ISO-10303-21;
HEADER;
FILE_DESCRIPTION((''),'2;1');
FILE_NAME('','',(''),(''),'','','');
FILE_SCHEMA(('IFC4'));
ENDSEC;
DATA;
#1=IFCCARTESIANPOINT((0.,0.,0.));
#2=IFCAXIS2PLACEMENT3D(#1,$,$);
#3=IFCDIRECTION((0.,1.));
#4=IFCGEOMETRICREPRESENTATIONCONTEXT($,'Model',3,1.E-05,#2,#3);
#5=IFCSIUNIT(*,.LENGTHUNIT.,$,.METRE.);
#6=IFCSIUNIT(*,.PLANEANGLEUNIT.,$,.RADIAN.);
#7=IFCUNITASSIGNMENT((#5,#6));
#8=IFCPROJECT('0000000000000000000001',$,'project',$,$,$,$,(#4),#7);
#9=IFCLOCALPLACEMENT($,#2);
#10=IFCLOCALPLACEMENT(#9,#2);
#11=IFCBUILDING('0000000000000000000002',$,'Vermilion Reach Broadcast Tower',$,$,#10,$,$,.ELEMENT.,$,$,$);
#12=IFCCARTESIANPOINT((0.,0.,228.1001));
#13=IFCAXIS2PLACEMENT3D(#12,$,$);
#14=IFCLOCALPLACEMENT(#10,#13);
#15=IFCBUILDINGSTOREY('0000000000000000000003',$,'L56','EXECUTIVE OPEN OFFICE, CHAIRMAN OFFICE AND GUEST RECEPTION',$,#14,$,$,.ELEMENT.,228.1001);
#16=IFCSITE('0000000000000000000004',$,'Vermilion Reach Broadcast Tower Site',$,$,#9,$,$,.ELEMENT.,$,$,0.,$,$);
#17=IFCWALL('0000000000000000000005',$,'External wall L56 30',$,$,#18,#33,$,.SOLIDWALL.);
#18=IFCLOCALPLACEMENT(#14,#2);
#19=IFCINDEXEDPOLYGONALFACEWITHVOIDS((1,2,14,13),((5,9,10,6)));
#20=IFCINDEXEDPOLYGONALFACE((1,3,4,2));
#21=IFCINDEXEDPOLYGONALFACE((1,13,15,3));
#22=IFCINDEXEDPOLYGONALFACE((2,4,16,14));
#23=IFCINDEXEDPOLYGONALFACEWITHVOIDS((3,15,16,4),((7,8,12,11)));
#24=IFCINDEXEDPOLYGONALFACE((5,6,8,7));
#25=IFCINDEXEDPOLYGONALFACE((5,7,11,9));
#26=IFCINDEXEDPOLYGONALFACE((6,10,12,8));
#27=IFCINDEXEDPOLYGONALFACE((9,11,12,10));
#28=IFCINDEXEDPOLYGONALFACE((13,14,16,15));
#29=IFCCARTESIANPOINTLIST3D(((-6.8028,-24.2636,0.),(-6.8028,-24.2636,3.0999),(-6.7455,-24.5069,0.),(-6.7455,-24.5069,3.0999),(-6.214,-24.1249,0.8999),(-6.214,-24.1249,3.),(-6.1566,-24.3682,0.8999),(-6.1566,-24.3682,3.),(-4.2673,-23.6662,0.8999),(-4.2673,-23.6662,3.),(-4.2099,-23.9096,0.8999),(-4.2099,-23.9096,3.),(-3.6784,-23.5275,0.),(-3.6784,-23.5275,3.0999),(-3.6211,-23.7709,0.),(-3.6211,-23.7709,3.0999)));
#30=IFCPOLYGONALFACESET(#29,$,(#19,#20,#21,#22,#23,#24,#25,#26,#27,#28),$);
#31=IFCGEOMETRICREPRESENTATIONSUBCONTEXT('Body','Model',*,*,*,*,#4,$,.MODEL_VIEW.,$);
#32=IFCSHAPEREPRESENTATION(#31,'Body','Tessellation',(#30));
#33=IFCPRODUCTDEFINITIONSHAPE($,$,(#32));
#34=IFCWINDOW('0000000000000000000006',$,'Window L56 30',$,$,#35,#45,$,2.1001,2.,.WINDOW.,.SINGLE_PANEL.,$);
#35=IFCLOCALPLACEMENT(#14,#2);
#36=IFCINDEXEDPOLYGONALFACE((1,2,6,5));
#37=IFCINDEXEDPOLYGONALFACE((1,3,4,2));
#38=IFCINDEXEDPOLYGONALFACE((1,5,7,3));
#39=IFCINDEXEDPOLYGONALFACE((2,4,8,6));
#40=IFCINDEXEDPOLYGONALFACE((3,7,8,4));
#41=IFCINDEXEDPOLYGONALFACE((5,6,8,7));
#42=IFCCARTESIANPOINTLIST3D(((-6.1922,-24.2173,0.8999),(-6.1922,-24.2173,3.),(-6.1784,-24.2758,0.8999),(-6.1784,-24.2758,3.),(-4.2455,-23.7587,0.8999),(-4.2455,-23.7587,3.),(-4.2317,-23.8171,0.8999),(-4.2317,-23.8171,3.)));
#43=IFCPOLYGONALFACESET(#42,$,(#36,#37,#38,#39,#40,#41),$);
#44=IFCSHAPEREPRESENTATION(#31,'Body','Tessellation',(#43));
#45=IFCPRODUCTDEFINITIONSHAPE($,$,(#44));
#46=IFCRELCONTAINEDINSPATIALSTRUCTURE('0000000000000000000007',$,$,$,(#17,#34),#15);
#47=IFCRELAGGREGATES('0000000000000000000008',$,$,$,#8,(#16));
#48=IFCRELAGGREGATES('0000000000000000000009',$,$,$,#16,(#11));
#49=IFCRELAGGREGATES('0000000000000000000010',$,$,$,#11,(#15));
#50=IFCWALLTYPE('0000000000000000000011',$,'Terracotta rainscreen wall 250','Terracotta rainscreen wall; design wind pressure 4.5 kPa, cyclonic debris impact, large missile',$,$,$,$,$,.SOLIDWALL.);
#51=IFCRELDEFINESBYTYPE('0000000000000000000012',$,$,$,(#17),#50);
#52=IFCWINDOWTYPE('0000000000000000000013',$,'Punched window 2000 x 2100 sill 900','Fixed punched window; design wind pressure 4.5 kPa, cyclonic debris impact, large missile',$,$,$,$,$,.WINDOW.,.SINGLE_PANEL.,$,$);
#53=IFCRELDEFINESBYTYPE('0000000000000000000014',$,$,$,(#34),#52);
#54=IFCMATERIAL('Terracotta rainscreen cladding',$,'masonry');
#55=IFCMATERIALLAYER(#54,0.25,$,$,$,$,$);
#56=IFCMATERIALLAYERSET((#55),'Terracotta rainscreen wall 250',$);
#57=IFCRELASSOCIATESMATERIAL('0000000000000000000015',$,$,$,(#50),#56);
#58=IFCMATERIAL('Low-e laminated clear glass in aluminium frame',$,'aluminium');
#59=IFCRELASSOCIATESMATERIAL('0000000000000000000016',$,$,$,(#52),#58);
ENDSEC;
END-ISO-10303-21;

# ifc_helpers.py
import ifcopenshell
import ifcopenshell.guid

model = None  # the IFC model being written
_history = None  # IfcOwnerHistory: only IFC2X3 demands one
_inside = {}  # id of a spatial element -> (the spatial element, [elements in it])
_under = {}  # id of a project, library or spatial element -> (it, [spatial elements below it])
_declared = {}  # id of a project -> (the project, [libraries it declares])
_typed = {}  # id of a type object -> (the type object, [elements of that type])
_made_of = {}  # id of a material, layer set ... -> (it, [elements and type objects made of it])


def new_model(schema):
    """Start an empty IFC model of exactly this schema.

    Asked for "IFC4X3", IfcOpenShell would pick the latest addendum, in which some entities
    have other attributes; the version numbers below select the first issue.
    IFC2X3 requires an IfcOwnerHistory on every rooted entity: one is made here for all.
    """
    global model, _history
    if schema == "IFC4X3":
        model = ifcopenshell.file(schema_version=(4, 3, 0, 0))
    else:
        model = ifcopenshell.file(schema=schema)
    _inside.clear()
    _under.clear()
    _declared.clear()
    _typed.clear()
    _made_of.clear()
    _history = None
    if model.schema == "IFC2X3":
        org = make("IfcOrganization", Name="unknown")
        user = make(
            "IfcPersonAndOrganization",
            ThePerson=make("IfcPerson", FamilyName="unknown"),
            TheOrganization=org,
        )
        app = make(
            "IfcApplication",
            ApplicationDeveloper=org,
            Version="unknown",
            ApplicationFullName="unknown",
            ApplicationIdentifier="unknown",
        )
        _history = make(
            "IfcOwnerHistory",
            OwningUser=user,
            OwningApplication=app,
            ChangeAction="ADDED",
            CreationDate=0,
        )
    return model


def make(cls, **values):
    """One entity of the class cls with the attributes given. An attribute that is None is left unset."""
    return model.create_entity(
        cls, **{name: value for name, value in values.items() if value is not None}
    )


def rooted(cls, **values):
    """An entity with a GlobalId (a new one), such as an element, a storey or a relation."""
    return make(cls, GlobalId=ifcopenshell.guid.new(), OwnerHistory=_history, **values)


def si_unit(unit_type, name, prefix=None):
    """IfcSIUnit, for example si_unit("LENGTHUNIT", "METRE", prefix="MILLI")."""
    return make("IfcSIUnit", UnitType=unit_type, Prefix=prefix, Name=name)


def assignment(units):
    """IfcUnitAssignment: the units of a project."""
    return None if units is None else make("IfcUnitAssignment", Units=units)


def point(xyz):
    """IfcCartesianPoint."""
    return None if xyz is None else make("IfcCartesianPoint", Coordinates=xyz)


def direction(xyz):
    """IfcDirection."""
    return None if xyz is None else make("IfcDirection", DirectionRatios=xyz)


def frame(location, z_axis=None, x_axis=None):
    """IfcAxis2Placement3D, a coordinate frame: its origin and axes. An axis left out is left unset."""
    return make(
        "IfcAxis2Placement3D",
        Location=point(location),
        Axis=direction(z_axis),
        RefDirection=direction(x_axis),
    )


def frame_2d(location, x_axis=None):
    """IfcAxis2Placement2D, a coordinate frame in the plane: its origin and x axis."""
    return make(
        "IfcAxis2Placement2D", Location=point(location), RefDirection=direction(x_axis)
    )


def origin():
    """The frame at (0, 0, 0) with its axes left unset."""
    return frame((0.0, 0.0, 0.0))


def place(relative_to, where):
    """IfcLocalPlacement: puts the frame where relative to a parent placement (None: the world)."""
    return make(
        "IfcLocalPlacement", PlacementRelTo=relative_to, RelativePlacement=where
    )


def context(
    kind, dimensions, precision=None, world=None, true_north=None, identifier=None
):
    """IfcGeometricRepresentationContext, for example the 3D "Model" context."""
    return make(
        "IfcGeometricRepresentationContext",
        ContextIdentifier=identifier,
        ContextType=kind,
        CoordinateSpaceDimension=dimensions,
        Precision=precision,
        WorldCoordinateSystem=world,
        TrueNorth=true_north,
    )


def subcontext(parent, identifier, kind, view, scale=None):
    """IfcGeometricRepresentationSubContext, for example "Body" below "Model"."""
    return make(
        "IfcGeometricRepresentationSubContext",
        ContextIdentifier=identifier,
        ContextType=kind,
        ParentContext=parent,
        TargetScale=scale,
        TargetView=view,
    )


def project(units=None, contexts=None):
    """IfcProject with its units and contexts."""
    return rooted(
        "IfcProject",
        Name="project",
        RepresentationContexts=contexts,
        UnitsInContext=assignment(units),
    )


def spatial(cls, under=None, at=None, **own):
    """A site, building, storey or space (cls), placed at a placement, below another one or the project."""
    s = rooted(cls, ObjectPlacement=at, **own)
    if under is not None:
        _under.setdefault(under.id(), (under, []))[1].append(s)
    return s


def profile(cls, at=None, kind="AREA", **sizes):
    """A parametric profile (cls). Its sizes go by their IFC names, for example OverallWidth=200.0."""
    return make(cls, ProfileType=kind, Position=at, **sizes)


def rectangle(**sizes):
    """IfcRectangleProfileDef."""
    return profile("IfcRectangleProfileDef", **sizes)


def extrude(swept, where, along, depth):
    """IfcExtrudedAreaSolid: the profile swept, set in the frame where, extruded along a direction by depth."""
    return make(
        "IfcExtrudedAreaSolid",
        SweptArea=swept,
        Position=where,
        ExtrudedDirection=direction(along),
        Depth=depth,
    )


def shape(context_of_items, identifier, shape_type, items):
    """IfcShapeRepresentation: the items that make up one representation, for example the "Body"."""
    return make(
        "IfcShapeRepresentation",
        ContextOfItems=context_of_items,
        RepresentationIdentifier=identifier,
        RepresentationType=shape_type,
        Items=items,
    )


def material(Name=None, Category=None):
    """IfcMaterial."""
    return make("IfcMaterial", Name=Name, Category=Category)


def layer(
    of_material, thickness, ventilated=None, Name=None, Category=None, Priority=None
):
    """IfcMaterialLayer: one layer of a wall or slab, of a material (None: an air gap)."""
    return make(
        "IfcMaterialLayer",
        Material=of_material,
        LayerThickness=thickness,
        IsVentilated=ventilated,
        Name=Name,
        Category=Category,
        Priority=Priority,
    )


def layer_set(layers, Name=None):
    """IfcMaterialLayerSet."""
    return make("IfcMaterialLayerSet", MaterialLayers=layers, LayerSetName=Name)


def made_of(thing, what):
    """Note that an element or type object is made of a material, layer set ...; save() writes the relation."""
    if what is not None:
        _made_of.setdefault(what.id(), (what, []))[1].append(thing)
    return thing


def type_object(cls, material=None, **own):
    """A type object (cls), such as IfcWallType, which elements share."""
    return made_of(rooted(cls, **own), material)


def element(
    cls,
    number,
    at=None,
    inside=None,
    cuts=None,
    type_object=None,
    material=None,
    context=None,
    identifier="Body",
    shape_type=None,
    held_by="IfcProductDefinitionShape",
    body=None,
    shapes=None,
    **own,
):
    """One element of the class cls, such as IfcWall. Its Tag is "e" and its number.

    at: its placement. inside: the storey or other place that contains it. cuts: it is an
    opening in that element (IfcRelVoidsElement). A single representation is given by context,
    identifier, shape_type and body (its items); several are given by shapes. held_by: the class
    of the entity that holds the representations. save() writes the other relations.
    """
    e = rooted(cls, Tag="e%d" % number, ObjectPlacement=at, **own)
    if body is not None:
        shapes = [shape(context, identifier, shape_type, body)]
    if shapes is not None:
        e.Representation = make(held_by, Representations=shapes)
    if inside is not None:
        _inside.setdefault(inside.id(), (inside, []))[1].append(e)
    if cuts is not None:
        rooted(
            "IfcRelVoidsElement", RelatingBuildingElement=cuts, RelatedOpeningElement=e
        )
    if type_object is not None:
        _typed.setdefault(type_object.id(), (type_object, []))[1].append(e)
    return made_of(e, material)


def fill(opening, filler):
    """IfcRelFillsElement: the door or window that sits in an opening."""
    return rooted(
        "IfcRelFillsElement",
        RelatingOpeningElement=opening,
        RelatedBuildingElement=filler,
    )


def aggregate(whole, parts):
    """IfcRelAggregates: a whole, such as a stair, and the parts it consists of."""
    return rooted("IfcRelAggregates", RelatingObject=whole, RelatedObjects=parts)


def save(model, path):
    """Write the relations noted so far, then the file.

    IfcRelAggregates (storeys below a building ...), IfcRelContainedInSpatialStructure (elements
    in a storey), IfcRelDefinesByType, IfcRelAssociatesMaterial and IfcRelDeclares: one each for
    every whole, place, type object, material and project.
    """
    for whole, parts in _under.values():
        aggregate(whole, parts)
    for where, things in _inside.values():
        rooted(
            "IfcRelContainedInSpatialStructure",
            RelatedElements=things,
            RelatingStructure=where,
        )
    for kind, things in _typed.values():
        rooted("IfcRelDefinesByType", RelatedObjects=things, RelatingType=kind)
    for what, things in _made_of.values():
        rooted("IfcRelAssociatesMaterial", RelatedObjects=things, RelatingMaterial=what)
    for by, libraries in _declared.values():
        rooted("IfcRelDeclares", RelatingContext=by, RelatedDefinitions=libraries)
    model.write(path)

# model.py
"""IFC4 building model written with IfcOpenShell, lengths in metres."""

from ifc_helpers import new_model, si_unit, direction, frame, frame_2d, origin, place, context, subcontext, project, spatial, rectangle, extrude, material, layer, layer_set, type_object, element, fill, save


model = new_model("IFC4")

# Units and contexts
model_context = context("Model", 3, precision=1e-05, world=origin(), true_north=direction((0.0, 1.0)))
body_context = subcontext(model_context, "Body", "Model", "MODEL_VIEW")
ifc_project = project(units=[si_unit("LENGTHUNIT", "METRE"), si_unit("PLANEANGLEUNIT", "RADIAN")], contexts=[model_context])

# Site, building, storey
site_placement = place(None, origin())
site = spatial("IfcSite", under=ifc_project, at=site_placement, Name="Vermilion Reach Broadcast Tower Site", CompositionType="ELEMENT", RefElevation=0.0)
building_placement = place(site_placement, origin())
building = spatial("IfcBuilding", under=site, at=building_placement, Name="Vermilion Reach Broadcast Tower", CompositionType="ELEMENT")
storey_placement = place(building_placement, frame((0.0, 0.0, 228.1001)))
storey = spatial("IfcBuildingStorey", under=building, at=storey_placement, Name="L56", Description="EXECUTIVE OPEN OFFICE, CHAIRMAN OFFICE AND GUEST RECEPTION", CompositionType="ELEMENT", Elevation=228.1001)

# Shared definitions
ifc_material_1 = material(Name="Terracotta rainscreen cladding", Category="masonry")
ifc_layer_1 = layer(ifc_material_1, 0.25)
ifc_layer_set_1 = layer_set([ifc_layer_1], Name="Terracotta rainscreen wall 250")
wall_type_1 = type_object("IfcWallType", Name="Terracotta rainscreen wall 250", Description="Terracotta rainscreen wall; design wind pressure 4.5 kPa, cyclonic debris impact, large missile", PredefinedType="SOLIDWALL", material=ifc_layer_set_1)

# Wall, opening, window
ifc_material_2 = material(Name="Low-e laminated clear glass in aluminium frame", Category="aluminium")
window_type = type_object("IfcWindowType", Name="Punched window 2000 x 2100 sill 900", Description="Fixed punched window; design wind pressure 4.5 kPa, cyclonic debris impact, large missile", PartitioningType="SINGLE_PANEL", PredefinedType="WINDOW", material=ifc_material_2)
wall_1_placement = place(storey_placement, frame((-6.7742, -24.3853, 0.0), z_axis=(0.0, 0.0, 1.0), x_axis=(0.973354, 0.229306, 0.0)))
wall_1 = element("IfcWall", 1, at=wall_1_placement, inside=storey, type_object=wall_type_1, Name="External wall L56 30", PredefinedType="SOLIDWALL", context=body_context, shape_type="SweptSolid", body=[
    extrude(rectangle(XDim=3.21, YDim=0.25, at=frame_2d((1.605, 0.0))), origin(), (0.0, 0.0, 1.0), 3.0999),
])
opening_1_placement = place(wall_1_placement, frame((0.605, 0.0, 0.8999)))
opening_1 = element("IfcOpeningElement", 2, at=opening_1_placement, cuts=wall_1, PredefinedType="OPENING", context=body_context, shape_type="SweptSolid", body=[
    extrude(rectangle(XDim=2.0, YDim=2.1001, at=frame_2d((1.0, 1.05))), frame((0.0, 0.135, 0.0), z_axis=(0.0, -1.0, 0.0), x_axis=(1.0, 0.0, 0.0)), (0.0, 0.0, 1.0), 0.27),
])
window_1_placement = place(opening_1_placement, origin())
window_1 = element("IfcWindow", 3, at=window_1_placement, inside=storey, type_object=window_type, Name="Window L56 30", OverallHeight=2.1001, OverallWidth=2.0, PartitioningType="SINGLE_PANEL", PredefinedType="WINDOW", context=body_context, shape_type="SweptSolid", body=[
    extrude(rectangle(XDim=2.0, YDim=2.1001, at=frame_2d((1.0, 1.05))), frame((0.0, 0.03, 0.0), z_axis=(0.0, -1.0, 0.0), x_axis=(1.0, 0.0, 0.0)), (0.0, 0.0, 1.0), 0.0601),
])
fill(opening_1, window_1)

save(model, "model.ifc")
